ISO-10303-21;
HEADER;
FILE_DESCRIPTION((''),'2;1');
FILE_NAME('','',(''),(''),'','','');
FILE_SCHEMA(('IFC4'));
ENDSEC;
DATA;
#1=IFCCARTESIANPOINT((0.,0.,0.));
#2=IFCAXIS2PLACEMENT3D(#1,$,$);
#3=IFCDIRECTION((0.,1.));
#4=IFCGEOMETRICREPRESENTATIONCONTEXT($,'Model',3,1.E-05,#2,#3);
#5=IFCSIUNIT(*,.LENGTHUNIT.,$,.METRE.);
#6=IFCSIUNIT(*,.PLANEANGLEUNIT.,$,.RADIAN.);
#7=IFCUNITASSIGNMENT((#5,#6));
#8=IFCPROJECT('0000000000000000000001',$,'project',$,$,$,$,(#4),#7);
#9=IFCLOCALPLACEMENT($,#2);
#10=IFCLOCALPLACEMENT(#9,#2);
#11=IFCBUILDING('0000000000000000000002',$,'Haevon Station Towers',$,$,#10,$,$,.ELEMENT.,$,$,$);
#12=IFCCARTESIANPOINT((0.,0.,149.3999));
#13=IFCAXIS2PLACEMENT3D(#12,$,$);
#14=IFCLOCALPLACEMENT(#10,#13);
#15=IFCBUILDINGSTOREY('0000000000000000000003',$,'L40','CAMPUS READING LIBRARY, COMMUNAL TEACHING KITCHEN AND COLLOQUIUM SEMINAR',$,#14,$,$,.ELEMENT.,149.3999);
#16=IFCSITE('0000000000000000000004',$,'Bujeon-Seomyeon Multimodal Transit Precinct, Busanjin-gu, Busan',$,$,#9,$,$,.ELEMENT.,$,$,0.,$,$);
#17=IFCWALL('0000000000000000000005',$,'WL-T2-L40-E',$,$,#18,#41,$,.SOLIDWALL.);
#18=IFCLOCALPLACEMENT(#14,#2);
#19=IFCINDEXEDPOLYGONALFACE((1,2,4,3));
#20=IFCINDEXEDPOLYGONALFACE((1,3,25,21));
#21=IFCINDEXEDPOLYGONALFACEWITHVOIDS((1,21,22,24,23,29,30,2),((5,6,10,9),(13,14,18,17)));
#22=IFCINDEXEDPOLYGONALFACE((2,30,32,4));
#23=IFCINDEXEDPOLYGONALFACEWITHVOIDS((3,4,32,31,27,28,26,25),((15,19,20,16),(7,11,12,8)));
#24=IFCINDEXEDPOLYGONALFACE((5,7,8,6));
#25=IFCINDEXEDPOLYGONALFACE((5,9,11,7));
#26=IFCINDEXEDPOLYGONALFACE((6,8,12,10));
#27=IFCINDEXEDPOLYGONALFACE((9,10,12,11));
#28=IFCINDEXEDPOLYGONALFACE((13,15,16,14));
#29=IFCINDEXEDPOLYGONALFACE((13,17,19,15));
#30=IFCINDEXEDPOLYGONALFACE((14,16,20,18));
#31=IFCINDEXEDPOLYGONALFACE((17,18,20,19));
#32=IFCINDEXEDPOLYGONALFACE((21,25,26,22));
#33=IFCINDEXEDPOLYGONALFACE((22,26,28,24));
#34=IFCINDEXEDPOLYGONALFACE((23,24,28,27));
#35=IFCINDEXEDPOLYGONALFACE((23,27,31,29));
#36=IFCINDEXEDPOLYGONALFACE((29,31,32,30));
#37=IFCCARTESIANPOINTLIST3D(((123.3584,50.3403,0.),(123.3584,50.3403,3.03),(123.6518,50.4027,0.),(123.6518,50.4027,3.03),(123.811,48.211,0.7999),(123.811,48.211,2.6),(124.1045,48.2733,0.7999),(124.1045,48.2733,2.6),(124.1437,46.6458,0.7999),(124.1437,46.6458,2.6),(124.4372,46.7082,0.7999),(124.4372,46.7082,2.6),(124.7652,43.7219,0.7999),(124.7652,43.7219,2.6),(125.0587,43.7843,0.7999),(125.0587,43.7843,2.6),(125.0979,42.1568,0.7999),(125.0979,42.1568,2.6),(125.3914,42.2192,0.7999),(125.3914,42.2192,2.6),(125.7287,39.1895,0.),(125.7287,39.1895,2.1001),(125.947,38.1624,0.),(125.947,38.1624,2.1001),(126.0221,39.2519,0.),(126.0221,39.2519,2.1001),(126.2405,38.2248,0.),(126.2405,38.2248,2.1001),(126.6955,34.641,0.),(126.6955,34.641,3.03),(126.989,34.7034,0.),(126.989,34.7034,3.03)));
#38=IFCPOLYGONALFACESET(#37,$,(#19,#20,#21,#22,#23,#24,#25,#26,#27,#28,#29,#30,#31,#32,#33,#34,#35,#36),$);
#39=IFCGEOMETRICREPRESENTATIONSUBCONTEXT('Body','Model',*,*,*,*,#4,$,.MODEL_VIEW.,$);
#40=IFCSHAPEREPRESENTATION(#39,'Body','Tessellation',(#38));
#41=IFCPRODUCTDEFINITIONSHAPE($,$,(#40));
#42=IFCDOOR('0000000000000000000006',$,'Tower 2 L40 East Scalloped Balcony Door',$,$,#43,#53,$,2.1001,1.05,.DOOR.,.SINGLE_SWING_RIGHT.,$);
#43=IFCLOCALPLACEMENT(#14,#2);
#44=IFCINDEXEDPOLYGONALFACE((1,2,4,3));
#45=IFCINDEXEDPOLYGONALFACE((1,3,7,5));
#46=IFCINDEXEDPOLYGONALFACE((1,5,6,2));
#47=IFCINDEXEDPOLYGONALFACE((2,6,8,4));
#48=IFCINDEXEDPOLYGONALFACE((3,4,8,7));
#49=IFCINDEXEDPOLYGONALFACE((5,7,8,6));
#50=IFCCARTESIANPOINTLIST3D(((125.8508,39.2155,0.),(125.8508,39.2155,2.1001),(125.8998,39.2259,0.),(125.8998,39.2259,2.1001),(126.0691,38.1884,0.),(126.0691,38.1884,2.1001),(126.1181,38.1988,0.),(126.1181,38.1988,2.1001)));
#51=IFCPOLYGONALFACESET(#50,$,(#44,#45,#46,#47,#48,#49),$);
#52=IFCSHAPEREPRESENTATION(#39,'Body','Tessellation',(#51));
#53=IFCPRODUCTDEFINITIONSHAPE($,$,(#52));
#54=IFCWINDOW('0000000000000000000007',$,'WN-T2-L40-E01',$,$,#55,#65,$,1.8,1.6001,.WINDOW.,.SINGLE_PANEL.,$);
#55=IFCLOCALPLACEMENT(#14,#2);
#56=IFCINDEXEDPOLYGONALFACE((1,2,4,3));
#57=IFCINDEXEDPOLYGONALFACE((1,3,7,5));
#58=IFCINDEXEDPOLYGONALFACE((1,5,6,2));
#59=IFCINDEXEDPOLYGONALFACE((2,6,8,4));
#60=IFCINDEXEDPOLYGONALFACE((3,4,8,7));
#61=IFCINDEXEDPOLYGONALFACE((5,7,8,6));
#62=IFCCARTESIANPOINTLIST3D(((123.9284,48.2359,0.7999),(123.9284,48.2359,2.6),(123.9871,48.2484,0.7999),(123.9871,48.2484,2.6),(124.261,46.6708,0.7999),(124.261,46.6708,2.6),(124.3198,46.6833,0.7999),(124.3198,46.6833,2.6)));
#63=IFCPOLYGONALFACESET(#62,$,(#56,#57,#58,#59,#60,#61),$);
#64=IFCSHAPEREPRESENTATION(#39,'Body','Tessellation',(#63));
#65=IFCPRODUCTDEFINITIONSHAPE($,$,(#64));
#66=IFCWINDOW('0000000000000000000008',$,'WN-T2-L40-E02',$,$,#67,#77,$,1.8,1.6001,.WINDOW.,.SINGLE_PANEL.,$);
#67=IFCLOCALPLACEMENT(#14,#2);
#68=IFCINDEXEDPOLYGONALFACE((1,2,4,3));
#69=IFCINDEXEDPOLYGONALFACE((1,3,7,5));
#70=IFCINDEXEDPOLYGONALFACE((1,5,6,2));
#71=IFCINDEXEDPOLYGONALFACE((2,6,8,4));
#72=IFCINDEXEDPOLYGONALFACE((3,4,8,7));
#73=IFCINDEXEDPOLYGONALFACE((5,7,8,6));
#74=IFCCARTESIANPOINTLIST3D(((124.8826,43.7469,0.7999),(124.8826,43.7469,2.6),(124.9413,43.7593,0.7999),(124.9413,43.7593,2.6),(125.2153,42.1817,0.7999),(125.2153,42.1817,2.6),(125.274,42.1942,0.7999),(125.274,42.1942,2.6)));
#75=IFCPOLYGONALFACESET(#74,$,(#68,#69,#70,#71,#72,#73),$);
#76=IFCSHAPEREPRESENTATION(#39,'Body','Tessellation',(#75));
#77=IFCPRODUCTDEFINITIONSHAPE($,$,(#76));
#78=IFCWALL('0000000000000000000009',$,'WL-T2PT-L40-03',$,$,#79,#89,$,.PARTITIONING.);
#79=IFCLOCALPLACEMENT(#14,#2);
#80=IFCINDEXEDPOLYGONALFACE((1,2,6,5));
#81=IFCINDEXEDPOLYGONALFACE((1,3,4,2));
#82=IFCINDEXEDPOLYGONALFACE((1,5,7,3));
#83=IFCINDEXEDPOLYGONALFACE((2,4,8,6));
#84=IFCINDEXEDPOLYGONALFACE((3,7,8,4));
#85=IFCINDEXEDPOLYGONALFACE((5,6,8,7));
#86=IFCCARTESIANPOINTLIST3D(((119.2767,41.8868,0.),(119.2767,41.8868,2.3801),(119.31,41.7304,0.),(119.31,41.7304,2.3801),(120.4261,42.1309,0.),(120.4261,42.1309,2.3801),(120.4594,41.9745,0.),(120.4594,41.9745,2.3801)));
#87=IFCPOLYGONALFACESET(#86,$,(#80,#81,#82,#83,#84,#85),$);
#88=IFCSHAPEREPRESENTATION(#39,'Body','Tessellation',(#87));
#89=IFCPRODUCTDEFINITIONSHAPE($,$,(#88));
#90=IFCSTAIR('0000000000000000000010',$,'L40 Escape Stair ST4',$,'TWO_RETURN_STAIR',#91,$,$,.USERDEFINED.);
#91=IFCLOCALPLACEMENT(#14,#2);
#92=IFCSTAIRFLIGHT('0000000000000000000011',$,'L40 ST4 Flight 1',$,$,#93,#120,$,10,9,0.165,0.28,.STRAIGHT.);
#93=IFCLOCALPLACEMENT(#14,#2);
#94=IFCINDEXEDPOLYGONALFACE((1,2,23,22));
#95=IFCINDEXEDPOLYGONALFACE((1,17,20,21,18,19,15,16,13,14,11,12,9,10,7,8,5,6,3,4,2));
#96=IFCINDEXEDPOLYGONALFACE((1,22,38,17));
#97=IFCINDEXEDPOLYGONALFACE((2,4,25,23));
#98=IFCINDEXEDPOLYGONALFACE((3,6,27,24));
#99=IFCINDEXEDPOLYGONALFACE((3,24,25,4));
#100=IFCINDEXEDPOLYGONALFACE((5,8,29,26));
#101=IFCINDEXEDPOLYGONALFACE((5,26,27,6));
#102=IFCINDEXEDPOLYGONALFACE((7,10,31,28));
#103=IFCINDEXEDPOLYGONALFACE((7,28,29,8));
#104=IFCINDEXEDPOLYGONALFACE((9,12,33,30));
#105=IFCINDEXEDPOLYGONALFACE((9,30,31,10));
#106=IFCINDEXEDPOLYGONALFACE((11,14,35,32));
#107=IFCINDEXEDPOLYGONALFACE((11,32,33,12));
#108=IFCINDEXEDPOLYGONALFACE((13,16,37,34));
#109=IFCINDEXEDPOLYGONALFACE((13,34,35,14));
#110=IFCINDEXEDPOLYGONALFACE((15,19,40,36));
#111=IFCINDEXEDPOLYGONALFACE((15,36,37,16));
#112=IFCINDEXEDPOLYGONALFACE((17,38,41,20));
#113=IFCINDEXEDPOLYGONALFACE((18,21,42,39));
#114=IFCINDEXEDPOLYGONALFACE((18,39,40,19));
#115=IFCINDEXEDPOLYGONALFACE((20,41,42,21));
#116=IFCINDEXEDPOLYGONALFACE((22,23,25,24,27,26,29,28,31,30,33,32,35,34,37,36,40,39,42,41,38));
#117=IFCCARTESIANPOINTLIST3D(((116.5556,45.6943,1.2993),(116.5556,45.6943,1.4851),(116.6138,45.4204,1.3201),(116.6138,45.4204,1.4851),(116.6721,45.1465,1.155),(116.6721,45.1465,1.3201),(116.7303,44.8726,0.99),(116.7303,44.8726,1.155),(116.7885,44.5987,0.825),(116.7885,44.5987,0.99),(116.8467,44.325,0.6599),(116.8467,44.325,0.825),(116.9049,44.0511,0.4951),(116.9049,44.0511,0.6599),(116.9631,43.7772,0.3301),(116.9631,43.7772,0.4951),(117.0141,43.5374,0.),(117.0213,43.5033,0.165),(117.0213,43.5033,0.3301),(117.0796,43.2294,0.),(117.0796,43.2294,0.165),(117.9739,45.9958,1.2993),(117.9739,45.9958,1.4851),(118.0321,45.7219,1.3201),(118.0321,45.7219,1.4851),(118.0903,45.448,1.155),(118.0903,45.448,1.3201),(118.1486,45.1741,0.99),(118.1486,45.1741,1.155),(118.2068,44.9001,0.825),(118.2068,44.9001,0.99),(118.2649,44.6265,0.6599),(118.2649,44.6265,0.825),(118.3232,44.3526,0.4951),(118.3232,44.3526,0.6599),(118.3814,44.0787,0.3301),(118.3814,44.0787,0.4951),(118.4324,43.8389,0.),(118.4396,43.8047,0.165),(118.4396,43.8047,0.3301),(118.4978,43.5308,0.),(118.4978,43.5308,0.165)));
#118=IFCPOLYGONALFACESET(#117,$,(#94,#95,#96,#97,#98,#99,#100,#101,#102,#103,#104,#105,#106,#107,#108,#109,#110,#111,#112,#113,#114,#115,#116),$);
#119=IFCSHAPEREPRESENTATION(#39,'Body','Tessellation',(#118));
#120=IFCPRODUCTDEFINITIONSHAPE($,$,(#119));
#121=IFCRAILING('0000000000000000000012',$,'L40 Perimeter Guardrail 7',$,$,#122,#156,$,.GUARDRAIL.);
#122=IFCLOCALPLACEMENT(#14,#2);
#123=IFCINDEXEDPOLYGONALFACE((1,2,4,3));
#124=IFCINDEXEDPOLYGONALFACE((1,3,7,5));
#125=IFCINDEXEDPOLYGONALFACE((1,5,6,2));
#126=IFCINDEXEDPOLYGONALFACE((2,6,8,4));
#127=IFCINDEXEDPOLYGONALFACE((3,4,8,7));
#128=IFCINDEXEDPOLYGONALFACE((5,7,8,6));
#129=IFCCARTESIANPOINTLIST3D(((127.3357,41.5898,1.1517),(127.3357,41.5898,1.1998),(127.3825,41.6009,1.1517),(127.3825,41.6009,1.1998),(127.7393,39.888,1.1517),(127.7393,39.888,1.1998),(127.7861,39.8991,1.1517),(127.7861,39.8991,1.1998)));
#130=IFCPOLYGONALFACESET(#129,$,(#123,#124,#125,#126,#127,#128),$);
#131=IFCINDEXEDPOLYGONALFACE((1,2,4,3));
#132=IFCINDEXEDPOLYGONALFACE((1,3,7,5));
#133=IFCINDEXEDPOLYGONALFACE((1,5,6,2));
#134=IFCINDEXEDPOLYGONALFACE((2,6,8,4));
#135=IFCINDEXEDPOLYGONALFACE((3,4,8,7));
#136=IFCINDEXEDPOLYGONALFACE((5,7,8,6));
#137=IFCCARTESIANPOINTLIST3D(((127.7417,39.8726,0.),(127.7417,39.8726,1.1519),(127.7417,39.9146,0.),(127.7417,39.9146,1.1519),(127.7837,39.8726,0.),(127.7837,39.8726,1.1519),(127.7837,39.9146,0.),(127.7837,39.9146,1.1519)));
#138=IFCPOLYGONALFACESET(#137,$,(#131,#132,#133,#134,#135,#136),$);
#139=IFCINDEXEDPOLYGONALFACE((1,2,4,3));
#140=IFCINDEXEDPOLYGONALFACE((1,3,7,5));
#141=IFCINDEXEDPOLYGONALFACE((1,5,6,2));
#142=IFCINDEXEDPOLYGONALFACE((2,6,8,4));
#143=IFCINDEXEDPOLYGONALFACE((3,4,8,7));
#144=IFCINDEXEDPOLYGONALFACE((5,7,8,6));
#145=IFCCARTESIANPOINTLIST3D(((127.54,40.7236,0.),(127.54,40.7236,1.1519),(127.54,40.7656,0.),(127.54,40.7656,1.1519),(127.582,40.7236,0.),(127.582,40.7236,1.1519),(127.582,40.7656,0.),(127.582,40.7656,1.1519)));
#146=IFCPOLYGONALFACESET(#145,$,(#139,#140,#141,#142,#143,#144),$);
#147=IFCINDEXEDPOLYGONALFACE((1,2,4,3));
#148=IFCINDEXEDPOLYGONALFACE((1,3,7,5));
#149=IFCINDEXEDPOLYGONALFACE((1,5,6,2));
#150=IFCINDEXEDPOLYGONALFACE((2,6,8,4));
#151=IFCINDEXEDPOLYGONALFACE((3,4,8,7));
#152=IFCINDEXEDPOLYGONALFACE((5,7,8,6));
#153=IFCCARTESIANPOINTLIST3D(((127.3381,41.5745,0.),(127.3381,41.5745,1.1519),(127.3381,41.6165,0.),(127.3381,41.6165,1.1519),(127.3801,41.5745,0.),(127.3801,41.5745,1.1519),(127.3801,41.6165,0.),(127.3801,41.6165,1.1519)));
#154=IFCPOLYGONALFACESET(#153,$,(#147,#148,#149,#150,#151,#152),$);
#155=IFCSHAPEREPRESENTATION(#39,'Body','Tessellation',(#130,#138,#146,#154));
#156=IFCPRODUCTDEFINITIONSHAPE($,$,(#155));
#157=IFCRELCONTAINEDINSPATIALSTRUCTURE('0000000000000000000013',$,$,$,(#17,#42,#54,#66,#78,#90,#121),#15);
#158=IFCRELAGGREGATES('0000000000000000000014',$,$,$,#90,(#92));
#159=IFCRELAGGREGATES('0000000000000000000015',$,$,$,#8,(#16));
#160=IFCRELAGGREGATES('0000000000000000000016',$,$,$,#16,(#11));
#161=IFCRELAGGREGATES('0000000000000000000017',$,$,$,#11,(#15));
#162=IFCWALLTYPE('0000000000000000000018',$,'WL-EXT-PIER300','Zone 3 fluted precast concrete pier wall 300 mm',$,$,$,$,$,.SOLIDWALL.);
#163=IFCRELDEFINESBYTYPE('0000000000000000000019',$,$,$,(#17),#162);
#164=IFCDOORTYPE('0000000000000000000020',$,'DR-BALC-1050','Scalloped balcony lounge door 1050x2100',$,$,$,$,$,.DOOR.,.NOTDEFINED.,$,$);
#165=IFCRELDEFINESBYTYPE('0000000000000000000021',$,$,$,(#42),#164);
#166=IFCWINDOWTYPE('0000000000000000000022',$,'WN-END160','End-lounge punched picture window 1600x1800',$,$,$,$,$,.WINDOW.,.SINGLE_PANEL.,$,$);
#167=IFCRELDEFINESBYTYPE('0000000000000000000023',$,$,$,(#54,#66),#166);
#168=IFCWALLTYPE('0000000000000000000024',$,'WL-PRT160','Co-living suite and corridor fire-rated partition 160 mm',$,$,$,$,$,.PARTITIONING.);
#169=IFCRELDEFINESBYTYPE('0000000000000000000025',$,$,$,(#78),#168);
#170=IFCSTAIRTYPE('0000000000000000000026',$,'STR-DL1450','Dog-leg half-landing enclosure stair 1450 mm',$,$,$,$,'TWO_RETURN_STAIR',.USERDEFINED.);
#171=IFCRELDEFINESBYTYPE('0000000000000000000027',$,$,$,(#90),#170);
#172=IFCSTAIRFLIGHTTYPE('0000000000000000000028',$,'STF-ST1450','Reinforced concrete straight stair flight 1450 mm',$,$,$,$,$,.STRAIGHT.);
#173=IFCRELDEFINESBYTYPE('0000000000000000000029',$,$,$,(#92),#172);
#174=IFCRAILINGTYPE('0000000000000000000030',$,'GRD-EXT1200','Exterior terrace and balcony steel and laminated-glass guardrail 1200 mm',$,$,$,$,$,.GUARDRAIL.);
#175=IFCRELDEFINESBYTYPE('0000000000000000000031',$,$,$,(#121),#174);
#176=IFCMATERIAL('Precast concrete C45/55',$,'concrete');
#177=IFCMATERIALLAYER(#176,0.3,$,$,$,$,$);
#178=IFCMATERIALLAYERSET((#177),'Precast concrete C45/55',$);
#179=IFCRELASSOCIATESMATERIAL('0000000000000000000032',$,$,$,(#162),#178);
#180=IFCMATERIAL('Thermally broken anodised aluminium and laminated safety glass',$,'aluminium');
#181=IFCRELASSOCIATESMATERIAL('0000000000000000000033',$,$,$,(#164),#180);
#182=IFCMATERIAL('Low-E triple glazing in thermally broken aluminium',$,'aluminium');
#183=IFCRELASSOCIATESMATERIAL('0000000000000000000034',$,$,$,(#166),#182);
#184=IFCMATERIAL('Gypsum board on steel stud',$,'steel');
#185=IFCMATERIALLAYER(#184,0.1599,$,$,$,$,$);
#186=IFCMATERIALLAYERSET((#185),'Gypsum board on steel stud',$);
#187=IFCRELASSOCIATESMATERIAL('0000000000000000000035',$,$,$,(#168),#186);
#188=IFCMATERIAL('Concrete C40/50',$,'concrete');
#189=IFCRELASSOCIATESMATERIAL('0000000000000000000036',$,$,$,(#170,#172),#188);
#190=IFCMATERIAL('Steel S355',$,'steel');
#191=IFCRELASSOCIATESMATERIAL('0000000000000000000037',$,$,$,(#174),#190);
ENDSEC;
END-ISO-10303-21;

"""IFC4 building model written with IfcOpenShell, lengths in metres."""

from ifc_helpers import new_model, si_unit, direction, frame, frame_2d, origin, origin_2d, place, context, subcontext, project, spatial, polyline, rectangle, outline, extrude, material, layer, layer_set, type_object, element, fill, aggregate, save


model = new_model("IFC4")

# Units and contexts
model_context = context("Model", 3, precision=1e-05, world=origin(), true_north=direction((0.0, 1.0)))
body_context = subcontext(model_context, "Body", "Model", "MODEL_VIEW")
ifc_project = project(units=[si_unit("LENGTHUNIT", "METRE"), si_unit("PLANEANGLEUNIT", "RADIAN")], contexts=[model_context])

# Site, building, storey
site_placement = place(None, origin())
site = spatial("IfcSite", under=ifc_project, at=site_placement, Name="Bujeon-Seomyeon Multimodal Transit Precinct, Busanjin-gu, Busan", CompositionType="ELEMENT", RefElevation=0.0)
building_placement = place(site_placement, origin())
building = spatial("IfcBuilding", under=site, at=building_placement, Name="Haevon Station Towers", CompositionType="ELEMENT")
storey_placement = place(building_placement, frame((0.0, 0.0, 149.3999)))
storey = spatial("IfcBuildingStorey", under=building, at=storey_placement, Name="L40", Description="CAMPUS READING LIBRARY, COMMUNAL TEACHING KITCHEN AND COLLOQUIUM SEMINAR", CompositionType="ELEMENT", Elevation=149.3999)

# Shared definitions
ifc_material_1 = material(Name="Steel S355", Category="steel")

# Shared definitions
ifc_material_2 = material(Name="Precast concrete C45/55", Category="concrete")
ifc_layer_1 = layer(ifc_material_2, 0.3)
ifc_layer_set_1 = layer_set([ifc_layer_1], Name="Precast concrete C45/55")
wall_type_1 = type_object("IfcWallType", Name="WL-EXT-PIER300", Description="Zone 3 fluted precast concrete pier wall 300 mm", PredefinedType="SOLIDWALL", material=ifc_layer_set_1)

# Wall, openings, door, windows
wall_1_placement = place(storey_placement, frame((123.5051, 50.3713, 0.0), z_axis=(0.0, 0.0, 1.0), x_axis=(0.207923, -0.978145, 0.0)))
wall_1 = element("IfcWall", 1, at=wall_1_placement, inside=storey, type_object=wall_type_1, Name="WL-T2-L40-E", PredefinedType="SOLIDWALL", context=body_context, shape_type="SweptSolid", body=[
    extrude(rectangle(XDim=16.05, YDim=0.3, at=frame_2d((8.0249, 0.0))), origin(), (0.0, 0.0, 1.0), 3.03),
])
opening_1_placement = place(wall_1_placement, frame((11.3999, 0.0, 0.0)))
opening_1 = element("IfcOpeningElement", 2, at=opening_1_placement, cuts=wall_1, PredefinedType="OPENING", context=body_context, shape_type="SweptSolid", body=[
    extrude(rectangle(XDim=1.05, YDim=2.1001, at=frame_2d((0.5249, 1.05))), frame((0.0, 0.1599, 0.0), z_axis=(0.0, -1.0, 0.0), x_axis=(1.0, 0.0, 0.0)), (0.0, 0.0, 1.0), 0.3201),
])
opening_2_placement = place(wall_1_placement, frame((2.1768, 0.0, 0.8)))
opening_2 = element("IfcOpeningElement", 3, at=opening_2_placement, cuts=wall_1, PredefinedType="OPENING", context=body_context, shape_type="SweptSolid", body=[
    extrude(rectangle(XDim=1.6001, YDim=1.8, at=frame_2d((0.8, 0.8999))), frame((0.0, 0.1599, 0.0), z_axis=(0.0, -1.0, 0.0), x_axis=(1.0, 0.0, 0.0)), (0.0, 0.0, 1.0), 0.3201),
])
opening_3_placement = place(wall_1_placement, frame((6.7661, 0.0, 0.8)))
opening_3 = element("IfcOpeningElement", 4, at=opening_3_placement, cuts=wall_1, PredefinedType="OPENING", context=body_context, shape_type="SweptSolid", body=[
    extrude(rectangle(XDim=1.6001, YDim=1.8, at=frame_2d((0.8, 0.8999))), frame((0.0, 0.1599, 0.0), z_axis=(0.0, -1.0, 0.0), x_axis=(1.0, 0.0, 0.0)), (0.0, 0.0, 1.0), 0.3201),
])
ifc_material_3 = material(Name="Thermally broken anodised aluminium and laminated safety glass", Category="aluminium")
door_type = type_object("IfcDoorType", Name="DR-BALC-1050", Description="Scalloped balcony lounge door 1050x2100", OperationType="NOTDEFINED", PredefinedType="DOOR", material=ifc_material_3)
door_placement = place(opening_1_placement, origin())
door = element("IfcDoor", 5, at=door_placement, inside=storey, type_object=door_type, Name="Tower 2 L40 East Scalloped Balcony Door", OperationType="SINGLE_SWING_RIGHT", OverallHeight=2.1001, OverallWidth=1.05, PredefinedType="DOOR", context=body_context, shape_type="SweptSolid", body=[
    extrude(rectangle(XDim=1.05, YDim=2.1001, at=frame_2d((0.5249, 1.05))), frame((0.0, 0.0249, 0.0), z_axis=(0.0, -1.0, 0.0), x_axis=(1.0, 0.0, 0.0)), (0.0, 0.0, 1.0), 0.05),
])
fill(opening_1, door)
ifc_material_4 = material(Name="Low-E triple glazing in thermally broken aluminium", Category="aluminium")
window_type = type_object("IfcWindowType", Name="WN-END160", Description="End-lounge punched picture window 1600x1800", PartitioningType="SINGLE_PANEL", PredefinedType="WINDOW", material=ifc_material_4)
window_1_placement = place(opening_2_placement, origin())
window_1 = element("IfcWindow", 6, at=window_1_placement, inside=storey, type_object=window_type, Name="WN-T2-L40-E01", OverallHeight=1.8, OverallWidth=1.6001, PartitioningType="SINGLE_PANEL", PredefinedType="WINDOW", context=body_context, shape_type="SweptSolid", body=[
    extrude(rectangle(XDim=1.6001, YDim=1.8, at=frame_2d((0.8, 0.8999))), frame((0.0, 0.03, 0.0), z_axis=(0.0, -1.0, 0.0), x_axis=(1.0, 0.0, 0.0)), (0.0, 0.0, 1.0), 0.0601),
])
fill(opening_2, window_1)
window_2_placement = place(opening_3_placement, origin())
window_2 = element("IfcWindow", 7, at=window_2_placement, inside=storey, type_object=window_type, Name="WN-T2-L40-E02", OverallHeight=1.8, OverallWidth=1.6001, PartitioningType="SINGLE_PANEL", PredefinedType="WINDOW", context=body_context, shape_type="SweptSolid", body=[
    extrude(rectangle(XDim=1.6001, YDim=1.8, at=frame_2d((0.8, 0.8999))), frame((0.0, 0.03, 0.0), z_axis=(0.0, -1.0, 0.0), x_axis=(1.0, 0.0, 0.0)), (0.0, 0.0, 1.0), 0.0601),
])
fill(opening_3, window_2)

# Wall
ifc_material_5 = material(Name="Gypsum board on steel stud", Category="steel")
ifc_layer_2 = layer(ifc_material_5, 0.1599)
ifc_layer_set_2 = layer_set([ifc_layer_2], Name="Gypsum board on steel stud")
wall_type_2 = type_object("IfcWallType", Name="WL-PRT160", Description="Co-living suite and corridor fire-rated partition 160 mm", PredefinedType="PARTITIONING", material=ifc_layer_set_2)
wall_2_placement = place(storey_placement, frame((119.2935, 41.8086, 0.0), z_axis=(0.0, 0.0, 1.0), x_axis=(0.978178, 0.207769, 0.0)))
element("IfcWall", 8, at=wall_2_placement, inside=storey, type_object=wall_type_2, Name="WL-T2PT-L40-03", PredefinedType="PARTITIONING", context=body_context, shape_type="SweptSolid", body=[
    extrude(rectangle(XDim=1.175, YDim=0.1599, at=frame_2d((0.5874, 0.0))), origin(), (0.0, 0.0, 1.0), 2.3801),
])

# Stair, stair flight
ifc_material_6 = material(Name="Concrete C40/50", Category="concrete")
stair_type = type_object("IfcStairType", Name="STR-DL1450", Description="Dog-leg half-landing enclosure stair 1450 mm", ElementType="TWO_RETURN_STAIR", PredefinedType="USERDEFINED", material=ifc_material_6)
stair_placement = place(storey_placement, origin())
stair = element("IfcStair", 9, at=stair_placement, inside=storey, type_object=stair_type, Name="L40 Escape Stair ST4", ObjectType="TWO_RETURN_STAIR", PredefinedType="USERDEFINED")
stair_flight_type = type_object("IfcStairFlightType", Name="STF-ST1450", Description="Reinforced concrete straight stair flight 1450 mm", PredefinedType="STRAIGHT", material=ifc_material_6)
stair_flight_placement = place(storey_placement, frame((117.7888, 43.3801, 0.0), z_axis=(0.0, 0.0, 1.0), x_axis=(-0.207912, 0.978148, 0.0)))
stair_flight = element("IfcStairFlight", 10, at=stair_flight_placement, type_object=stair_flight_type, Name="L40 ST4 Flight 1", NumberOfRisers=10, NumberOfTreads=9, PredefinedType="STRAIGHT", RiserHeight=0.165, TreadLength=0.28, context=body_context, shape_type="SweptSolid", body=[
    extrude(outline(polyline([(0.0, 0.0), (0.0, 0.165), (0.28, 0.165), (0.28, 0.3301), (0.5601, 0.3301), (0.5601, 0.4951), (0.8401, 0.4951), (0.8401, 0.6599), (1.1201, 0.6599), (1.1201, 0.825), (1.3999, 0.825), (1.3999, 0.99), (1.6799, 0.99), (1.6799, 1.155), (1.96, 1.155), (1.96, 1.3201), (2.24, 1.3201), (2.24, 1.4851), (2.52, 1.4851), (2.52, 1.6499), (2.52, 1.2993), (0.3149, 0.0), (0.0, 0.0)])), frame((0.0, 0.7251, 0.0), z_axis=(0.0, -1.0, 0.0), x_axis=(1.0, 0.0, 0.0)), (0.0, 0.0, 1.0), 1.45),
])
aggregate(stair, [stair_flight])

# Railing
railing_type_1 = type_object("IfcRailingType", Name="GRD-EXT1200", Description="Exterior terrace and balcony steel and laminated-glass guardrail 1200 mm", PredefinedType="GUARDRAIL", material=ifc_material_1)
railing_1_placement = place(storey_placement, frame((127.7627, 39.8936, 0.0)))
element("IfcRailing", 11, at=railing_1_placement, inside=storey, type_object=railing_type_1, Name="L40 Perimeter Guardrail 7", PredefinedType="GUARDRAIL", context=body_context, shape_type="SweptSolid", body=[
    extrude(rectangle(XDim=0.0481, YDim=0.0481, at=origin_2d()), frame((0.0, 0.0, 1.1758), z_axis=(-0.230727, 0.973018, 0.0), x_axis=(-0.973018, -0.230727, 0.0)), (0.0, 0.0, 1.0), 1.749),
    extrude(rectangle(XDim=0.042, YDim=0.042, at=origin_2d()), origin(), (0.0, 0.0, 1.0), 1.1519),
    extrude(rectangle(XDim=0.042, YDim=0.042, at=origin_2d()), frame((-0.2017, 0.8511, 0.0)), (0.0, 0.0, 1.0), 1.1519),
    extrude(rectangle(XDim=0.042, YDim=0.042, at=origin_2d()), frame((-0.4036, 1.7019, 0.0)), (0.0, 0.0, 1.0), 1.1519),
])

save(model, "model.ifc")
